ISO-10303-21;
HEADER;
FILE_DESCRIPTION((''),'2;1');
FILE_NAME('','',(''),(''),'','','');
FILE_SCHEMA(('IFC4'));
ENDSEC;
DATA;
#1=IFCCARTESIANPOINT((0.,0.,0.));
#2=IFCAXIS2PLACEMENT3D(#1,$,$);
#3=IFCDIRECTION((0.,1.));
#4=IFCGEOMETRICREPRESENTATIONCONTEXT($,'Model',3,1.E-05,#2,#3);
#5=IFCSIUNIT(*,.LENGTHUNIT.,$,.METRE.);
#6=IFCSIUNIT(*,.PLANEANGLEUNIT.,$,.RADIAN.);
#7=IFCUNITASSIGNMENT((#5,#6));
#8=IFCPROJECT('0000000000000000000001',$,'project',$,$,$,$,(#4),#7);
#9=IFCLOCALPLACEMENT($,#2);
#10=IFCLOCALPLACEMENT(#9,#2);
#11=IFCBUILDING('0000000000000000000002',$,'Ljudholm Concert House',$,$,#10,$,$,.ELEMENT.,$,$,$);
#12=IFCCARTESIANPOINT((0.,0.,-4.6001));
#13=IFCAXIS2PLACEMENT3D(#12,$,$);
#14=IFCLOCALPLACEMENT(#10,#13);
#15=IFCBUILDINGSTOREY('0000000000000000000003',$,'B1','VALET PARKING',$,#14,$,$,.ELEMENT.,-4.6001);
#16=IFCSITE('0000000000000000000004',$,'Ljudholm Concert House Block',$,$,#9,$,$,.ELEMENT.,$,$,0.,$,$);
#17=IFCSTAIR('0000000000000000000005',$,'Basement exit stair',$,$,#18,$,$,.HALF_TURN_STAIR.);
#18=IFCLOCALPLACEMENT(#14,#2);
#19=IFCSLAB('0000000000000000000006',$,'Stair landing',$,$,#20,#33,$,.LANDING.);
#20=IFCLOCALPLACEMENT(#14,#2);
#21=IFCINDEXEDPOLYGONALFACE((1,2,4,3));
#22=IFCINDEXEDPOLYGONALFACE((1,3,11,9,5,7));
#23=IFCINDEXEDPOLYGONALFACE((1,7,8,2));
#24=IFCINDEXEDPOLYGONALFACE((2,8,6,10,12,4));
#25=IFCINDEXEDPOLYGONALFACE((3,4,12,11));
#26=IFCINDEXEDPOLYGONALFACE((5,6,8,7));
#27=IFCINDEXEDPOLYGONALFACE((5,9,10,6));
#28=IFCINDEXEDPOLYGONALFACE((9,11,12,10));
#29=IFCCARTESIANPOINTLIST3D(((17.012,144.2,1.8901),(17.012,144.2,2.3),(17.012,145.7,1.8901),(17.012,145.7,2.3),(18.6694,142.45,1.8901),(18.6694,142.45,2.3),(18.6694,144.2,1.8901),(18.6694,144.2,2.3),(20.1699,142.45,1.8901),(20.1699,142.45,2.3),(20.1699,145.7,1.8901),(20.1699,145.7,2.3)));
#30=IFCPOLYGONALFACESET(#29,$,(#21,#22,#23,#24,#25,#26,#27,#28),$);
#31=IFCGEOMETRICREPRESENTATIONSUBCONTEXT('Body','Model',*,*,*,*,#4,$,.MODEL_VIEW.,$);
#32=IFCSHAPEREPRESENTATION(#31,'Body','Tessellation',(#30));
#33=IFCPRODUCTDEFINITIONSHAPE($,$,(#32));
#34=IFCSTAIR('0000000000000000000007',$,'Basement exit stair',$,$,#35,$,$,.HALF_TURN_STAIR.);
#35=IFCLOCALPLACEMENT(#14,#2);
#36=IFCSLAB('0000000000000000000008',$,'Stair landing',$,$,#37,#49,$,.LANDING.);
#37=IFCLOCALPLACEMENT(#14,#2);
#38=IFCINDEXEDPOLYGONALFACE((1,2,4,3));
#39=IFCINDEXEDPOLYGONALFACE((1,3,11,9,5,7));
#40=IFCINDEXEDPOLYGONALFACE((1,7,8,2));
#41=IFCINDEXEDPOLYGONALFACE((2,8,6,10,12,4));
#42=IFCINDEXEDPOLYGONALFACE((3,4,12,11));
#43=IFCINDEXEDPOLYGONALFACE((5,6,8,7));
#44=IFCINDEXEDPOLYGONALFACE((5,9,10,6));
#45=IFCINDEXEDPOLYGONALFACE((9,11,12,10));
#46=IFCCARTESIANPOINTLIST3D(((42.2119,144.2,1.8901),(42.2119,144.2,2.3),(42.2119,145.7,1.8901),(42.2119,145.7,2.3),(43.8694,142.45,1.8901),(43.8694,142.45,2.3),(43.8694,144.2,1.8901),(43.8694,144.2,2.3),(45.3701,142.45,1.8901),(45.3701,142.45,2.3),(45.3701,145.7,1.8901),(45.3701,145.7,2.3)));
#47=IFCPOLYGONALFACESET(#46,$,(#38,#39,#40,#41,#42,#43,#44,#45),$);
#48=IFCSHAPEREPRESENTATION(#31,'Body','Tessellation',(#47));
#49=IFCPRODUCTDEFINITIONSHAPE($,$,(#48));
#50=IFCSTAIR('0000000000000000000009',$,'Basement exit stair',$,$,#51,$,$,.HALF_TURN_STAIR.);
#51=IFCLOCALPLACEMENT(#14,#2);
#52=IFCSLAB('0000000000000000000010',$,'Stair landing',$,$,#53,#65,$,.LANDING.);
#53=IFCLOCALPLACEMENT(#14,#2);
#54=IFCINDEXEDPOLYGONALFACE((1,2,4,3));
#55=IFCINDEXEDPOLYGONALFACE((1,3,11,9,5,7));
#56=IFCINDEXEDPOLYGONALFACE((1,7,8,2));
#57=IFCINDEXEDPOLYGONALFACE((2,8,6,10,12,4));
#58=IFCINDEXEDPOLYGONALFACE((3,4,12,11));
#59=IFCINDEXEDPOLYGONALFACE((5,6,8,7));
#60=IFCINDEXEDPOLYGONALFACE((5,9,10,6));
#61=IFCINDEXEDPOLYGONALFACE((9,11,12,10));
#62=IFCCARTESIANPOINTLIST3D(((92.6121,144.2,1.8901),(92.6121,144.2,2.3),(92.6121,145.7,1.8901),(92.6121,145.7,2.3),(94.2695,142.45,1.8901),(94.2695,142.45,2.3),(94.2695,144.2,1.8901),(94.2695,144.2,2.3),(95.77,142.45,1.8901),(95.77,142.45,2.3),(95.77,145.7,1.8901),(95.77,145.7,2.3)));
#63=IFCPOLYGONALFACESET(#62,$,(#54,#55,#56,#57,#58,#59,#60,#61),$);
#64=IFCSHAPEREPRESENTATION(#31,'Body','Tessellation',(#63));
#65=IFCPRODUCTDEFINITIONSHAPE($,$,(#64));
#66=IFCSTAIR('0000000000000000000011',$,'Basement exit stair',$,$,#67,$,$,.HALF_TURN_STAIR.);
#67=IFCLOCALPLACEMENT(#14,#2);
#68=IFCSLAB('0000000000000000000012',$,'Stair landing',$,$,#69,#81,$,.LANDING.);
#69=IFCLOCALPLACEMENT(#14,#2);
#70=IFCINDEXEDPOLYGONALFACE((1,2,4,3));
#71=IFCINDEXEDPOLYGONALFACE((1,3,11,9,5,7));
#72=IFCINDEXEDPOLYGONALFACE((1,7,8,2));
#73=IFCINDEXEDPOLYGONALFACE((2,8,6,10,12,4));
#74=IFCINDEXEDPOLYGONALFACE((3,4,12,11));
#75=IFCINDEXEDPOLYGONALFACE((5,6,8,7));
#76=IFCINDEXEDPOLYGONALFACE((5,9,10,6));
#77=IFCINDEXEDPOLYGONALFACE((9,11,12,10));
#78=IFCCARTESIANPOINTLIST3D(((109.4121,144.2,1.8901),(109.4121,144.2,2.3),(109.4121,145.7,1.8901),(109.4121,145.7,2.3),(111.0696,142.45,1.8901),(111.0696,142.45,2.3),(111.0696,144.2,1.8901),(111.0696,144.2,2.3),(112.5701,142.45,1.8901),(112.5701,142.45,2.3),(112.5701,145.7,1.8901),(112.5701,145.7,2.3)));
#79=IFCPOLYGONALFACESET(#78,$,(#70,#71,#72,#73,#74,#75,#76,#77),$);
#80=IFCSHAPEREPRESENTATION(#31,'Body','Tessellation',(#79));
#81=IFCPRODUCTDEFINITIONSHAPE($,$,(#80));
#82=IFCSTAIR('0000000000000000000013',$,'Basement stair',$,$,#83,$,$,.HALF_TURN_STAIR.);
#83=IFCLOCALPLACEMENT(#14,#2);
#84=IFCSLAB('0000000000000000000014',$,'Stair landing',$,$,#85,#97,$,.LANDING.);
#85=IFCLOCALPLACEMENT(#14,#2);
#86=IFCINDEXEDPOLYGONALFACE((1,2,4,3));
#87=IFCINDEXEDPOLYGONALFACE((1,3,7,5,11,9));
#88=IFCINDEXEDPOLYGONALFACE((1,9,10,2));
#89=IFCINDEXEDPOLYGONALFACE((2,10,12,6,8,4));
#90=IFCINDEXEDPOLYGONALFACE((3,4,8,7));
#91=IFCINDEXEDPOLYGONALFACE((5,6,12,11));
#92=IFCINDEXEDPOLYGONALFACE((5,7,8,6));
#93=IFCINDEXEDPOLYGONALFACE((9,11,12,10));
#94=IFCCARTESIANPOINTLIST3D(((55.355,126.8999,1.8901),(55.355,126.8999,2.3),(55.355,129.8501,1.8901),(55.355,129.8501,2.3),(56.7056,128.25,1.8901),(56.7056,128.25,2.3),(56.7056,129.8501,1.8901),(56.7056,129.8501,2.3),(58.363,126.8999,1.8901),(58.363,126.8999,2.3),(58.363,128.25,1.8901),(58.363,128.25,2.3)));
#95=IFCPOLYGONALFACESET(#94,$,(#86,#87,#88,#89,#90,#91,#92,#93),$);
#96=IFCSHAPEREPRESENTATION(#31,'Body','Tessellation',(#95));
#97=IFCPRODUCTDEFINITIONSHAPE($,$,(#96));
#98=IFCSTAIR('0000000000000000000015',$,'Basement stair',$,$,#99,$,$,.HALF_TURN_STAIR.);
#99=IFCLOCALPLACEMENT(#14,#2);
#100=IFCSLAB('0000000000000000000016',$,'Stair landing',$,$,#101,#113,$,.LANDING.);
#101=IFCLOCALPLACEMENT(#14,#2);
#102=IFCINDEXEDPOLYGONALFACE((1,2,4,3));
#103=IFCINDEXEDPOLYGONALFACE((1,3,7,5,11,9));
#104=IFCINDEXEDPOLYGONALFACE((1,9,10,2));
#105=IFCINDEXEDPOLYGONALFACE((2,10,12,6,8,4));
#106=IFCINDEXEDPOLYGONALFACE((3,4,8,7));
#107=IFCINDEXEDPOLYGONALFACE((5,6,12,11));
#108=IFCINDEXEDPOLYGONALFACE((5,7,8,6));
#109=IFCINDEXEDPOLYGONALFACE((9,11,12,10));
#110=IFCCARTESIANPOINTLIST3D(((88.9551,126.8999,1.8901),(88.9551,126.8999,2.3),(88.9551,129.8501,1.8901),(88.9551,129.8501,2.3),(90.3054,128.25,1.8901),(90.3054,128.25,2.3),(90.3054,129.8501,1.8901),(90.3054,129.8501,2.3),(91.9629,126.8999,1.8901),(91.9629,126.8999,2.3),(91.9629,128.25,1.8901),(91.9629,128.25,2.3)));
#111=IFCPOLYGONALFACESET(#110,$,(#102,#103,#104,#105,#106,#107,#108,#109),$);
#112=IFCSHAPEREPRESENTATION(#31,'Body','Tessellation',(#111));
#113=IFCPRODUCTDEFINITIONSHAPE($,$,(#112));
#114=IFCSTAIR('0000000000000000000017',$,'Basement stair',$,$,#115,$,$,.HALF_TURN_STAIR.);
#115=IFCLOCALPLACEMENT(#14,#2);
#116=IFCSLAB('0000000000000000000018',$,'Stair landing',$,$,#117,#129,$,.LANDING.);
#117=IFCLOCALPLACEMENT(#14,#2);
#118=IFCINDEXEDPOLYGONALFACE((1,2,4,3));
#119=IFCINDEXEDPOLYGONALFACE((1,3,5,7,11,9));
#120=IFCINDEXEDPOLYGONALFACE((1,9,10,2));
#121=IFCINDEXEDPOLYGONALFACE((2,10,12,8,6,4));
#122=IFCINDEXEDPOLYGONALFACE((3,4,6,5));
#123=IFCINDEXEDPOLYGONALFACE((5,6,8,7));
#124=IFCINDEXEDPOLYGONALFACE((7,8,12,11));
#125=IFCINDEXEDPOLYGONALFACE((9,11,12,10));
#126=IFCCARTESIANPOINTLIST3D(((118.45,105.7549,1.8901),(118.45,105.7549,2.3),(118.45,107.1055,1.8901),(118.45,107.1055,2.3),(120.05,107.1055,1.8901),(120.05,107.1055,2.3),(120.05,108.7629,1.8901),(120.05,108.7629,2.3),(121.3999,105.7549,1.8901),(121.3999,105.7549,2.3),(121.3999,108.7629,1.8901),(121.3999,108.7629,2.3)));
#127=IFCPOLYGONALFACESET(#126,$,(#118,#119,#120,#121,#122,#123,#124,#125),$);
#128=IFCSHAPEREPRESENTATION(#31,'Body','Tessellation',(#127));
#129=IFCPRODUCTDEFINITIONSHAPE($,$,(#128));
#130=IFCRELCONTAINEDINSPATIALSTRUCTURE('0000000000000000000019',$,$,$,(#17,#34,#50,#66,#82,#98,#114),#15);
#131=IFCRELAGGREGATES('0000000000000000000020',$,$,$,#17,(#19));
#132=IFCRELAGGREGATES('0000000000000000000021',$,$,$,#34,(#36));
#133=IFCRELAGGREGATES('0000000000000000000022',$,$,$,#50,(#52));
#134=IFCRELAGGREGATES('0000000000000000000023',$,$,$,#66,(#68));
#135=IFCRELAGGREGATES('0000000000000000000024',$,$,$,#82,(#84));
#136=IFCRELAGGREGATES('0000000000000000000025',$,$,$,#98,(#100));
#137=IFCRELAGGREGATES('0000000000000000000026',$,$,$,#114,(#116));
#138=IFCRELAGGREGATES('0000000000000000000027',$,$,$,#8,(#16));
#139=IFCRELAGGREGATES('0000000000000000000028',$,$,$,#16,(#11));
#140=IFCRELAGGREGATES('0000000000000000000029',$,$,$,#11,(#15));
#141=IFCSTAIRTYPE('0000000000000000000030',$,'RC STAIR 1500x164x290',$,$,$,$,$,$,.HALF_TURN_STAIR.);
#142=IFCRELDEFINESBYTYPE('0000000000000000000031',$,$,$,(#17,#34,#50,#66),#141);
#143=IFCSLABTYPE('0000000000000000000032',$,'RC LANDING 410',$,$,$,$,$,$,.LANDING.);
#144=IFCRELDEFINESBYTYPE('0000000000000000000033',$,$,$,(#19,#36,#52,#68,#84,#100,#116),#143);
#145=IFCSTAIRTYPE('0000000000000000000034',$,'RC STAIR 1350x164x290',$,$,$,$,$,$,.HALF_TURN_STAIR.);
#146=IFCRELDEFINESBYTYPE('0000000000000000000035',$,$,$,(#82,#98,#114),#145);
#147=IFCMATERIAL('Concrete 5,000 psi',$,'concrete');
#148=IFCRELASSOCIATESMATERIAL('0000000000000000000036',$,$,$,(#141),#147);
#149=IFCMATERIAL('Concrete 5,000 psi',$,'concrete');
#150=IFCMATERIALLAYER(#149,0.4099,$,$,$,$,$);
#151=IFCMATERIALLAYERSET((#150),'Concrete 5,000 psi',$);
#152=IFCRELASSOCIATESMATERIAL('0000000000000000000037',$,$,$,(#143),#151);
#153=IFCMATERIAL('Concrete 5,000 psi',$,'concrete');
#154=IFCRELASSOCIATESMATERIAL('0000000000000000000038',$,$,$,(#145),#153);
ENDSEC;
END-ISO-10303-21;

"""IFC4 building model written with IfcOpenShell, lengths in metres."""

from ifc_helpers import new_model, si_unit, direction, frame, origin, place, context, subcontext, project, spatial, polyline, outline, extrude, material, layer, layer_set, type_object, element, aggregate, save


model = new_model("IFC4")

# Units and contexts
model_context = context("Model", 3, precision=1e-05, world=origin(), true_north=direction((0.0, 1.0)))
body_context = subcontext(model_context, "Body", "Model", "MODEL_VIEW")
ifc_project = project(units=[si_unit("LENGTHUNIT", "METRE"), si_unit("PLANEANGLEUNIT", "RADIAN")], contexts=[model_context])

# Site, building, storey
site_placement = place(None, origin())
site = spatial("IfcSite", under=ifc_project, at=site_placement, Name="Ljudholm Concert House Block", CompositionType="ELEMENT", RefElevation=0.0)
building_placement = place(site_placement, origin())
building = spatial("IfcBuilding", under=site, at=building_placement, Name="Ljudholm Concert House", CompositionType="ELEMENT")
storey_placement = place(building_placement, frame((0.0, 0.0, -4.6001)))
storey = spatial("IfcBuildingStorey", under=building, at=storey_placement, Name="B1", Description="VALET PARKING", CompositionType="ELEMENT", Elevation=-4.6001)

# Stairs, slabs
ifc_material_1 = material(Name="Concrete 5,000 psi", Category="concrete")
stair_type_1 = type_object("IfcStairType", Name="RC STAIR 1500x164x290", PredefinedType="HALF_TURN_STAIR", material=ifc_material_1)
stair_1_placement = place(storey_placement, origin())
stair_1 = element("IfcStair", 1, at=stair_1_placement, inside=storey, type_object=stair_type_1, Name="Basement exit stair", PredefinedType="HALF_TURN_STAIR")
ifc_material_2 = material(Name="Concrete 5,000 psi", Category="concrete")
ifc_layer_1 = layer(ifc_material_2, 0.4099)
ifc_layer_set_1 = layer_set([ifc_layer_1], Name="Concrete 5,000 psi")
slab_type_1 = type_object("IfcSlabType", Name="RC LANDING 410", PredefinedType="LANDING", material=ifc_layer_set_1)
slab_1_placement = place(storey_placement, frame((0.0, 0.0, 1.8901)))
slab_1 = element("IfcSlab", 2, at=slab_1_placement, type_object=slab_type_1, Name="Stair landing", PredefinedType="LANDING", context=body_context, shape_type="SweptSolid", body=[
    extrude(outline(polyline([(17.012, 145.7), (17.012, 144.2), (18.6694, 144.2), (18.6694, 142.45), (20.1699, 142.45), (20.1699, 145.7), (17.012, 145.7)])), origin(), (0.0, 0.0, 1.0), 0.4099),
])
aggregate(stair_1, [slab_1])
stair_2_placement = place(storey_placement, origin())
stair_2 = element("IfcStair", 3, at=stair_2_placement, inside=storey, type_object=stair_type_1, Name="Basement exit stair", PredefinedType="HALF_TURN_STAIR")
slab_2_placement = place(storey_placement, frame((0.0, 0.0, 1.8901)))
slab_2 = element("IfcSlab", 4, at=slab_2_placement, type_object=slab_type_1, Name="Stair landing", PredefinedType="LANDING", context=body_context, shape_type="SweptSolid", body=[
    extrude(outline(polyline([(42.2119, 145.7), (42.2119, 144.2), (43.8694, 144.2), (43.8694, 142.45), (45.3701, 142.45), (45.3701, 145.7), (42.2119, 145.7)])), origin(), (0.0, 0.0, 1.0), 0.4099),
])
aggregate(stair_2, [slab_2])
stair_3_placement = place(storey_placement, origin())
stair_3 = element("IfcStair", 5, at=stair_3_placement, inside=storey, type_object=stair_type_1, Name="Basement exit stair", PredefinedType="HALF_TURN_STAIR")
slab_3_placement = place(storey_placement, frame((0.0, 0.0, 1.8901)))
slab_3 = element("IfcSlab", 6, at=slab_3_placement, type_object=slab_type_1, Name="Stair landing", PredefinedType="LANDING", context=body_context, shape_type="SweptSolid", body=[
    extrude(outline(polyline([(92.6121, 145.7), (92.6121, 144.2), (94.2695, 144.2), (94.2695, 142.45), (95.77, 142.45), (95.77, 145.7), (92.6121, 145.7)])), origin(), (0.0, 0.0, 1.0), 0.4099),
])
aggregate(stair_3, [slab_3])
stair_4_placement = place(storey_placement, origin())
stair_4 = element("IfcStair", 7, at=stair_4_placement, inside=storey, type_object=stair_type_1, Name="Basement exit stair", PredefinedType="HALF_TURN_STAIR")
slab_4_placement = place(storey_placement, frame((0.0, 0.0, 1.8901)))
slab_4 = element("IfcSlab", 8, at=slab_4_placement, type_object=slab_type_1, Name="Stair landing", PredefinedType="LANDING", context=body_context, shape_type="SweptSolid", body=[
    extrude(outline(polyline([(109.4121, 145.7), (109.4121, 144.2), (111.0696, 144.2), (111.0696, 142.45), (112.5701, 142.45), (112.5701, 145.7), (109.4121, 145.7)])), origin(), (0.0, 0.0, 1.0), 0.4099),
])
aggregate(stair_4, [slab_4])
ifc_material_3 = material(Name="Concrete 5,000 psi", Category="concrete")
stair_type_2 = type_object("IfcStairType", Name="RC STAIR 1350x164x290", PredefinedType="HALF_TURN_STAIR", material=ifc_material_3)
stair_5_placement = place(storey_placement, origin())
stair_5 = element("IfcStair", 9, at=stair_5_placement, inside=storey, type_object=stair_type_2, Name="Basement stair", PredefinedType="HALF_TURN_STAIR")
slab_5_placement = place(storey_placement, frame((0.0, 0.0, 1.8901)))
slab_5 = element("IfcSlab", 10, at=slab_5_placement, type_object=slab_type_1, Name="Stair landing", PredefinedType="LANDING", context=body_context, shape_type="SweptSolid", body=[
    extrude(outline(polyline([(58.363, 126.8999), (58.363, 128.25), (56.7056, 128.25), (56.7056, 129.8501), (55.355, 129.8501), (55.355, 126.8999), (58.363, 126.8999)])), origin(), (0.0, 0.0, 1.0), 0.4099),
])
aggregate(stair_5, [slab_5])
stair_6_placement = place(storey_placement, origin())
stair_6 = element("IfcStair", 11, at=stair_6_placement, inside=storey, type_object=stair_type_2, Name="Basement stair", PredefinedType="HALF_TURN_STAIR")
slab_6_placement = place(storey_placement, frame((0.0, 0.0, 1.8901)))
slab_6 = element("IfcSlab", 12, at=slab_6_placement, type_object=slab_type_1, Name="Stair landing", PredefinedType="LANDING", context=body_context, shape_type="SweptSolid", body=[
    extrude(outline(polyline([(91.9629, 126.8999), (91.9629, 128.25), (90.3054, 128.25), (90.3054, 129.8501), (88.9551, 129.8501), (88.9551, 126.8999), (91.9629, 126.8999)])), origin(), (0.0, 0.0, 1.0), 0.4099),
])
aggregate(stair_6, [slab_6])
stair_7_placement = place(storey_placement, origin())
stair_7 = element("IfcStair", 13, at=stair_7_placement, inside=storey, type_object=stair_type_2, Name="Basement stair", PredefinedType="HALF_TURN_STAIR")
slab_7_placement = place(storey_placement, frame((0.0, 0.0, 1.8901)))
slab_7 = element("IfcSlab", 14, at=slab_7_placement, type_object=slab_type_1, Name="Stair landing", PredefinedType="LANDING", context=body_context, shape_type="SweptSolid", body=[
    extrude(outline(polyline([(121.3999, 108.7629), (120.05, 108.7629), (120.05, 107.1055), (118.45, 107.1055), (118.45, 105.7549), (121.3999, 105.7549), (121.3999, 108.7629)])), origin(), (0.0, 0.0, 1.0), 0.4099),
])
aggregate(stair_7, [slab_7])

save(model, "model.ifc")
